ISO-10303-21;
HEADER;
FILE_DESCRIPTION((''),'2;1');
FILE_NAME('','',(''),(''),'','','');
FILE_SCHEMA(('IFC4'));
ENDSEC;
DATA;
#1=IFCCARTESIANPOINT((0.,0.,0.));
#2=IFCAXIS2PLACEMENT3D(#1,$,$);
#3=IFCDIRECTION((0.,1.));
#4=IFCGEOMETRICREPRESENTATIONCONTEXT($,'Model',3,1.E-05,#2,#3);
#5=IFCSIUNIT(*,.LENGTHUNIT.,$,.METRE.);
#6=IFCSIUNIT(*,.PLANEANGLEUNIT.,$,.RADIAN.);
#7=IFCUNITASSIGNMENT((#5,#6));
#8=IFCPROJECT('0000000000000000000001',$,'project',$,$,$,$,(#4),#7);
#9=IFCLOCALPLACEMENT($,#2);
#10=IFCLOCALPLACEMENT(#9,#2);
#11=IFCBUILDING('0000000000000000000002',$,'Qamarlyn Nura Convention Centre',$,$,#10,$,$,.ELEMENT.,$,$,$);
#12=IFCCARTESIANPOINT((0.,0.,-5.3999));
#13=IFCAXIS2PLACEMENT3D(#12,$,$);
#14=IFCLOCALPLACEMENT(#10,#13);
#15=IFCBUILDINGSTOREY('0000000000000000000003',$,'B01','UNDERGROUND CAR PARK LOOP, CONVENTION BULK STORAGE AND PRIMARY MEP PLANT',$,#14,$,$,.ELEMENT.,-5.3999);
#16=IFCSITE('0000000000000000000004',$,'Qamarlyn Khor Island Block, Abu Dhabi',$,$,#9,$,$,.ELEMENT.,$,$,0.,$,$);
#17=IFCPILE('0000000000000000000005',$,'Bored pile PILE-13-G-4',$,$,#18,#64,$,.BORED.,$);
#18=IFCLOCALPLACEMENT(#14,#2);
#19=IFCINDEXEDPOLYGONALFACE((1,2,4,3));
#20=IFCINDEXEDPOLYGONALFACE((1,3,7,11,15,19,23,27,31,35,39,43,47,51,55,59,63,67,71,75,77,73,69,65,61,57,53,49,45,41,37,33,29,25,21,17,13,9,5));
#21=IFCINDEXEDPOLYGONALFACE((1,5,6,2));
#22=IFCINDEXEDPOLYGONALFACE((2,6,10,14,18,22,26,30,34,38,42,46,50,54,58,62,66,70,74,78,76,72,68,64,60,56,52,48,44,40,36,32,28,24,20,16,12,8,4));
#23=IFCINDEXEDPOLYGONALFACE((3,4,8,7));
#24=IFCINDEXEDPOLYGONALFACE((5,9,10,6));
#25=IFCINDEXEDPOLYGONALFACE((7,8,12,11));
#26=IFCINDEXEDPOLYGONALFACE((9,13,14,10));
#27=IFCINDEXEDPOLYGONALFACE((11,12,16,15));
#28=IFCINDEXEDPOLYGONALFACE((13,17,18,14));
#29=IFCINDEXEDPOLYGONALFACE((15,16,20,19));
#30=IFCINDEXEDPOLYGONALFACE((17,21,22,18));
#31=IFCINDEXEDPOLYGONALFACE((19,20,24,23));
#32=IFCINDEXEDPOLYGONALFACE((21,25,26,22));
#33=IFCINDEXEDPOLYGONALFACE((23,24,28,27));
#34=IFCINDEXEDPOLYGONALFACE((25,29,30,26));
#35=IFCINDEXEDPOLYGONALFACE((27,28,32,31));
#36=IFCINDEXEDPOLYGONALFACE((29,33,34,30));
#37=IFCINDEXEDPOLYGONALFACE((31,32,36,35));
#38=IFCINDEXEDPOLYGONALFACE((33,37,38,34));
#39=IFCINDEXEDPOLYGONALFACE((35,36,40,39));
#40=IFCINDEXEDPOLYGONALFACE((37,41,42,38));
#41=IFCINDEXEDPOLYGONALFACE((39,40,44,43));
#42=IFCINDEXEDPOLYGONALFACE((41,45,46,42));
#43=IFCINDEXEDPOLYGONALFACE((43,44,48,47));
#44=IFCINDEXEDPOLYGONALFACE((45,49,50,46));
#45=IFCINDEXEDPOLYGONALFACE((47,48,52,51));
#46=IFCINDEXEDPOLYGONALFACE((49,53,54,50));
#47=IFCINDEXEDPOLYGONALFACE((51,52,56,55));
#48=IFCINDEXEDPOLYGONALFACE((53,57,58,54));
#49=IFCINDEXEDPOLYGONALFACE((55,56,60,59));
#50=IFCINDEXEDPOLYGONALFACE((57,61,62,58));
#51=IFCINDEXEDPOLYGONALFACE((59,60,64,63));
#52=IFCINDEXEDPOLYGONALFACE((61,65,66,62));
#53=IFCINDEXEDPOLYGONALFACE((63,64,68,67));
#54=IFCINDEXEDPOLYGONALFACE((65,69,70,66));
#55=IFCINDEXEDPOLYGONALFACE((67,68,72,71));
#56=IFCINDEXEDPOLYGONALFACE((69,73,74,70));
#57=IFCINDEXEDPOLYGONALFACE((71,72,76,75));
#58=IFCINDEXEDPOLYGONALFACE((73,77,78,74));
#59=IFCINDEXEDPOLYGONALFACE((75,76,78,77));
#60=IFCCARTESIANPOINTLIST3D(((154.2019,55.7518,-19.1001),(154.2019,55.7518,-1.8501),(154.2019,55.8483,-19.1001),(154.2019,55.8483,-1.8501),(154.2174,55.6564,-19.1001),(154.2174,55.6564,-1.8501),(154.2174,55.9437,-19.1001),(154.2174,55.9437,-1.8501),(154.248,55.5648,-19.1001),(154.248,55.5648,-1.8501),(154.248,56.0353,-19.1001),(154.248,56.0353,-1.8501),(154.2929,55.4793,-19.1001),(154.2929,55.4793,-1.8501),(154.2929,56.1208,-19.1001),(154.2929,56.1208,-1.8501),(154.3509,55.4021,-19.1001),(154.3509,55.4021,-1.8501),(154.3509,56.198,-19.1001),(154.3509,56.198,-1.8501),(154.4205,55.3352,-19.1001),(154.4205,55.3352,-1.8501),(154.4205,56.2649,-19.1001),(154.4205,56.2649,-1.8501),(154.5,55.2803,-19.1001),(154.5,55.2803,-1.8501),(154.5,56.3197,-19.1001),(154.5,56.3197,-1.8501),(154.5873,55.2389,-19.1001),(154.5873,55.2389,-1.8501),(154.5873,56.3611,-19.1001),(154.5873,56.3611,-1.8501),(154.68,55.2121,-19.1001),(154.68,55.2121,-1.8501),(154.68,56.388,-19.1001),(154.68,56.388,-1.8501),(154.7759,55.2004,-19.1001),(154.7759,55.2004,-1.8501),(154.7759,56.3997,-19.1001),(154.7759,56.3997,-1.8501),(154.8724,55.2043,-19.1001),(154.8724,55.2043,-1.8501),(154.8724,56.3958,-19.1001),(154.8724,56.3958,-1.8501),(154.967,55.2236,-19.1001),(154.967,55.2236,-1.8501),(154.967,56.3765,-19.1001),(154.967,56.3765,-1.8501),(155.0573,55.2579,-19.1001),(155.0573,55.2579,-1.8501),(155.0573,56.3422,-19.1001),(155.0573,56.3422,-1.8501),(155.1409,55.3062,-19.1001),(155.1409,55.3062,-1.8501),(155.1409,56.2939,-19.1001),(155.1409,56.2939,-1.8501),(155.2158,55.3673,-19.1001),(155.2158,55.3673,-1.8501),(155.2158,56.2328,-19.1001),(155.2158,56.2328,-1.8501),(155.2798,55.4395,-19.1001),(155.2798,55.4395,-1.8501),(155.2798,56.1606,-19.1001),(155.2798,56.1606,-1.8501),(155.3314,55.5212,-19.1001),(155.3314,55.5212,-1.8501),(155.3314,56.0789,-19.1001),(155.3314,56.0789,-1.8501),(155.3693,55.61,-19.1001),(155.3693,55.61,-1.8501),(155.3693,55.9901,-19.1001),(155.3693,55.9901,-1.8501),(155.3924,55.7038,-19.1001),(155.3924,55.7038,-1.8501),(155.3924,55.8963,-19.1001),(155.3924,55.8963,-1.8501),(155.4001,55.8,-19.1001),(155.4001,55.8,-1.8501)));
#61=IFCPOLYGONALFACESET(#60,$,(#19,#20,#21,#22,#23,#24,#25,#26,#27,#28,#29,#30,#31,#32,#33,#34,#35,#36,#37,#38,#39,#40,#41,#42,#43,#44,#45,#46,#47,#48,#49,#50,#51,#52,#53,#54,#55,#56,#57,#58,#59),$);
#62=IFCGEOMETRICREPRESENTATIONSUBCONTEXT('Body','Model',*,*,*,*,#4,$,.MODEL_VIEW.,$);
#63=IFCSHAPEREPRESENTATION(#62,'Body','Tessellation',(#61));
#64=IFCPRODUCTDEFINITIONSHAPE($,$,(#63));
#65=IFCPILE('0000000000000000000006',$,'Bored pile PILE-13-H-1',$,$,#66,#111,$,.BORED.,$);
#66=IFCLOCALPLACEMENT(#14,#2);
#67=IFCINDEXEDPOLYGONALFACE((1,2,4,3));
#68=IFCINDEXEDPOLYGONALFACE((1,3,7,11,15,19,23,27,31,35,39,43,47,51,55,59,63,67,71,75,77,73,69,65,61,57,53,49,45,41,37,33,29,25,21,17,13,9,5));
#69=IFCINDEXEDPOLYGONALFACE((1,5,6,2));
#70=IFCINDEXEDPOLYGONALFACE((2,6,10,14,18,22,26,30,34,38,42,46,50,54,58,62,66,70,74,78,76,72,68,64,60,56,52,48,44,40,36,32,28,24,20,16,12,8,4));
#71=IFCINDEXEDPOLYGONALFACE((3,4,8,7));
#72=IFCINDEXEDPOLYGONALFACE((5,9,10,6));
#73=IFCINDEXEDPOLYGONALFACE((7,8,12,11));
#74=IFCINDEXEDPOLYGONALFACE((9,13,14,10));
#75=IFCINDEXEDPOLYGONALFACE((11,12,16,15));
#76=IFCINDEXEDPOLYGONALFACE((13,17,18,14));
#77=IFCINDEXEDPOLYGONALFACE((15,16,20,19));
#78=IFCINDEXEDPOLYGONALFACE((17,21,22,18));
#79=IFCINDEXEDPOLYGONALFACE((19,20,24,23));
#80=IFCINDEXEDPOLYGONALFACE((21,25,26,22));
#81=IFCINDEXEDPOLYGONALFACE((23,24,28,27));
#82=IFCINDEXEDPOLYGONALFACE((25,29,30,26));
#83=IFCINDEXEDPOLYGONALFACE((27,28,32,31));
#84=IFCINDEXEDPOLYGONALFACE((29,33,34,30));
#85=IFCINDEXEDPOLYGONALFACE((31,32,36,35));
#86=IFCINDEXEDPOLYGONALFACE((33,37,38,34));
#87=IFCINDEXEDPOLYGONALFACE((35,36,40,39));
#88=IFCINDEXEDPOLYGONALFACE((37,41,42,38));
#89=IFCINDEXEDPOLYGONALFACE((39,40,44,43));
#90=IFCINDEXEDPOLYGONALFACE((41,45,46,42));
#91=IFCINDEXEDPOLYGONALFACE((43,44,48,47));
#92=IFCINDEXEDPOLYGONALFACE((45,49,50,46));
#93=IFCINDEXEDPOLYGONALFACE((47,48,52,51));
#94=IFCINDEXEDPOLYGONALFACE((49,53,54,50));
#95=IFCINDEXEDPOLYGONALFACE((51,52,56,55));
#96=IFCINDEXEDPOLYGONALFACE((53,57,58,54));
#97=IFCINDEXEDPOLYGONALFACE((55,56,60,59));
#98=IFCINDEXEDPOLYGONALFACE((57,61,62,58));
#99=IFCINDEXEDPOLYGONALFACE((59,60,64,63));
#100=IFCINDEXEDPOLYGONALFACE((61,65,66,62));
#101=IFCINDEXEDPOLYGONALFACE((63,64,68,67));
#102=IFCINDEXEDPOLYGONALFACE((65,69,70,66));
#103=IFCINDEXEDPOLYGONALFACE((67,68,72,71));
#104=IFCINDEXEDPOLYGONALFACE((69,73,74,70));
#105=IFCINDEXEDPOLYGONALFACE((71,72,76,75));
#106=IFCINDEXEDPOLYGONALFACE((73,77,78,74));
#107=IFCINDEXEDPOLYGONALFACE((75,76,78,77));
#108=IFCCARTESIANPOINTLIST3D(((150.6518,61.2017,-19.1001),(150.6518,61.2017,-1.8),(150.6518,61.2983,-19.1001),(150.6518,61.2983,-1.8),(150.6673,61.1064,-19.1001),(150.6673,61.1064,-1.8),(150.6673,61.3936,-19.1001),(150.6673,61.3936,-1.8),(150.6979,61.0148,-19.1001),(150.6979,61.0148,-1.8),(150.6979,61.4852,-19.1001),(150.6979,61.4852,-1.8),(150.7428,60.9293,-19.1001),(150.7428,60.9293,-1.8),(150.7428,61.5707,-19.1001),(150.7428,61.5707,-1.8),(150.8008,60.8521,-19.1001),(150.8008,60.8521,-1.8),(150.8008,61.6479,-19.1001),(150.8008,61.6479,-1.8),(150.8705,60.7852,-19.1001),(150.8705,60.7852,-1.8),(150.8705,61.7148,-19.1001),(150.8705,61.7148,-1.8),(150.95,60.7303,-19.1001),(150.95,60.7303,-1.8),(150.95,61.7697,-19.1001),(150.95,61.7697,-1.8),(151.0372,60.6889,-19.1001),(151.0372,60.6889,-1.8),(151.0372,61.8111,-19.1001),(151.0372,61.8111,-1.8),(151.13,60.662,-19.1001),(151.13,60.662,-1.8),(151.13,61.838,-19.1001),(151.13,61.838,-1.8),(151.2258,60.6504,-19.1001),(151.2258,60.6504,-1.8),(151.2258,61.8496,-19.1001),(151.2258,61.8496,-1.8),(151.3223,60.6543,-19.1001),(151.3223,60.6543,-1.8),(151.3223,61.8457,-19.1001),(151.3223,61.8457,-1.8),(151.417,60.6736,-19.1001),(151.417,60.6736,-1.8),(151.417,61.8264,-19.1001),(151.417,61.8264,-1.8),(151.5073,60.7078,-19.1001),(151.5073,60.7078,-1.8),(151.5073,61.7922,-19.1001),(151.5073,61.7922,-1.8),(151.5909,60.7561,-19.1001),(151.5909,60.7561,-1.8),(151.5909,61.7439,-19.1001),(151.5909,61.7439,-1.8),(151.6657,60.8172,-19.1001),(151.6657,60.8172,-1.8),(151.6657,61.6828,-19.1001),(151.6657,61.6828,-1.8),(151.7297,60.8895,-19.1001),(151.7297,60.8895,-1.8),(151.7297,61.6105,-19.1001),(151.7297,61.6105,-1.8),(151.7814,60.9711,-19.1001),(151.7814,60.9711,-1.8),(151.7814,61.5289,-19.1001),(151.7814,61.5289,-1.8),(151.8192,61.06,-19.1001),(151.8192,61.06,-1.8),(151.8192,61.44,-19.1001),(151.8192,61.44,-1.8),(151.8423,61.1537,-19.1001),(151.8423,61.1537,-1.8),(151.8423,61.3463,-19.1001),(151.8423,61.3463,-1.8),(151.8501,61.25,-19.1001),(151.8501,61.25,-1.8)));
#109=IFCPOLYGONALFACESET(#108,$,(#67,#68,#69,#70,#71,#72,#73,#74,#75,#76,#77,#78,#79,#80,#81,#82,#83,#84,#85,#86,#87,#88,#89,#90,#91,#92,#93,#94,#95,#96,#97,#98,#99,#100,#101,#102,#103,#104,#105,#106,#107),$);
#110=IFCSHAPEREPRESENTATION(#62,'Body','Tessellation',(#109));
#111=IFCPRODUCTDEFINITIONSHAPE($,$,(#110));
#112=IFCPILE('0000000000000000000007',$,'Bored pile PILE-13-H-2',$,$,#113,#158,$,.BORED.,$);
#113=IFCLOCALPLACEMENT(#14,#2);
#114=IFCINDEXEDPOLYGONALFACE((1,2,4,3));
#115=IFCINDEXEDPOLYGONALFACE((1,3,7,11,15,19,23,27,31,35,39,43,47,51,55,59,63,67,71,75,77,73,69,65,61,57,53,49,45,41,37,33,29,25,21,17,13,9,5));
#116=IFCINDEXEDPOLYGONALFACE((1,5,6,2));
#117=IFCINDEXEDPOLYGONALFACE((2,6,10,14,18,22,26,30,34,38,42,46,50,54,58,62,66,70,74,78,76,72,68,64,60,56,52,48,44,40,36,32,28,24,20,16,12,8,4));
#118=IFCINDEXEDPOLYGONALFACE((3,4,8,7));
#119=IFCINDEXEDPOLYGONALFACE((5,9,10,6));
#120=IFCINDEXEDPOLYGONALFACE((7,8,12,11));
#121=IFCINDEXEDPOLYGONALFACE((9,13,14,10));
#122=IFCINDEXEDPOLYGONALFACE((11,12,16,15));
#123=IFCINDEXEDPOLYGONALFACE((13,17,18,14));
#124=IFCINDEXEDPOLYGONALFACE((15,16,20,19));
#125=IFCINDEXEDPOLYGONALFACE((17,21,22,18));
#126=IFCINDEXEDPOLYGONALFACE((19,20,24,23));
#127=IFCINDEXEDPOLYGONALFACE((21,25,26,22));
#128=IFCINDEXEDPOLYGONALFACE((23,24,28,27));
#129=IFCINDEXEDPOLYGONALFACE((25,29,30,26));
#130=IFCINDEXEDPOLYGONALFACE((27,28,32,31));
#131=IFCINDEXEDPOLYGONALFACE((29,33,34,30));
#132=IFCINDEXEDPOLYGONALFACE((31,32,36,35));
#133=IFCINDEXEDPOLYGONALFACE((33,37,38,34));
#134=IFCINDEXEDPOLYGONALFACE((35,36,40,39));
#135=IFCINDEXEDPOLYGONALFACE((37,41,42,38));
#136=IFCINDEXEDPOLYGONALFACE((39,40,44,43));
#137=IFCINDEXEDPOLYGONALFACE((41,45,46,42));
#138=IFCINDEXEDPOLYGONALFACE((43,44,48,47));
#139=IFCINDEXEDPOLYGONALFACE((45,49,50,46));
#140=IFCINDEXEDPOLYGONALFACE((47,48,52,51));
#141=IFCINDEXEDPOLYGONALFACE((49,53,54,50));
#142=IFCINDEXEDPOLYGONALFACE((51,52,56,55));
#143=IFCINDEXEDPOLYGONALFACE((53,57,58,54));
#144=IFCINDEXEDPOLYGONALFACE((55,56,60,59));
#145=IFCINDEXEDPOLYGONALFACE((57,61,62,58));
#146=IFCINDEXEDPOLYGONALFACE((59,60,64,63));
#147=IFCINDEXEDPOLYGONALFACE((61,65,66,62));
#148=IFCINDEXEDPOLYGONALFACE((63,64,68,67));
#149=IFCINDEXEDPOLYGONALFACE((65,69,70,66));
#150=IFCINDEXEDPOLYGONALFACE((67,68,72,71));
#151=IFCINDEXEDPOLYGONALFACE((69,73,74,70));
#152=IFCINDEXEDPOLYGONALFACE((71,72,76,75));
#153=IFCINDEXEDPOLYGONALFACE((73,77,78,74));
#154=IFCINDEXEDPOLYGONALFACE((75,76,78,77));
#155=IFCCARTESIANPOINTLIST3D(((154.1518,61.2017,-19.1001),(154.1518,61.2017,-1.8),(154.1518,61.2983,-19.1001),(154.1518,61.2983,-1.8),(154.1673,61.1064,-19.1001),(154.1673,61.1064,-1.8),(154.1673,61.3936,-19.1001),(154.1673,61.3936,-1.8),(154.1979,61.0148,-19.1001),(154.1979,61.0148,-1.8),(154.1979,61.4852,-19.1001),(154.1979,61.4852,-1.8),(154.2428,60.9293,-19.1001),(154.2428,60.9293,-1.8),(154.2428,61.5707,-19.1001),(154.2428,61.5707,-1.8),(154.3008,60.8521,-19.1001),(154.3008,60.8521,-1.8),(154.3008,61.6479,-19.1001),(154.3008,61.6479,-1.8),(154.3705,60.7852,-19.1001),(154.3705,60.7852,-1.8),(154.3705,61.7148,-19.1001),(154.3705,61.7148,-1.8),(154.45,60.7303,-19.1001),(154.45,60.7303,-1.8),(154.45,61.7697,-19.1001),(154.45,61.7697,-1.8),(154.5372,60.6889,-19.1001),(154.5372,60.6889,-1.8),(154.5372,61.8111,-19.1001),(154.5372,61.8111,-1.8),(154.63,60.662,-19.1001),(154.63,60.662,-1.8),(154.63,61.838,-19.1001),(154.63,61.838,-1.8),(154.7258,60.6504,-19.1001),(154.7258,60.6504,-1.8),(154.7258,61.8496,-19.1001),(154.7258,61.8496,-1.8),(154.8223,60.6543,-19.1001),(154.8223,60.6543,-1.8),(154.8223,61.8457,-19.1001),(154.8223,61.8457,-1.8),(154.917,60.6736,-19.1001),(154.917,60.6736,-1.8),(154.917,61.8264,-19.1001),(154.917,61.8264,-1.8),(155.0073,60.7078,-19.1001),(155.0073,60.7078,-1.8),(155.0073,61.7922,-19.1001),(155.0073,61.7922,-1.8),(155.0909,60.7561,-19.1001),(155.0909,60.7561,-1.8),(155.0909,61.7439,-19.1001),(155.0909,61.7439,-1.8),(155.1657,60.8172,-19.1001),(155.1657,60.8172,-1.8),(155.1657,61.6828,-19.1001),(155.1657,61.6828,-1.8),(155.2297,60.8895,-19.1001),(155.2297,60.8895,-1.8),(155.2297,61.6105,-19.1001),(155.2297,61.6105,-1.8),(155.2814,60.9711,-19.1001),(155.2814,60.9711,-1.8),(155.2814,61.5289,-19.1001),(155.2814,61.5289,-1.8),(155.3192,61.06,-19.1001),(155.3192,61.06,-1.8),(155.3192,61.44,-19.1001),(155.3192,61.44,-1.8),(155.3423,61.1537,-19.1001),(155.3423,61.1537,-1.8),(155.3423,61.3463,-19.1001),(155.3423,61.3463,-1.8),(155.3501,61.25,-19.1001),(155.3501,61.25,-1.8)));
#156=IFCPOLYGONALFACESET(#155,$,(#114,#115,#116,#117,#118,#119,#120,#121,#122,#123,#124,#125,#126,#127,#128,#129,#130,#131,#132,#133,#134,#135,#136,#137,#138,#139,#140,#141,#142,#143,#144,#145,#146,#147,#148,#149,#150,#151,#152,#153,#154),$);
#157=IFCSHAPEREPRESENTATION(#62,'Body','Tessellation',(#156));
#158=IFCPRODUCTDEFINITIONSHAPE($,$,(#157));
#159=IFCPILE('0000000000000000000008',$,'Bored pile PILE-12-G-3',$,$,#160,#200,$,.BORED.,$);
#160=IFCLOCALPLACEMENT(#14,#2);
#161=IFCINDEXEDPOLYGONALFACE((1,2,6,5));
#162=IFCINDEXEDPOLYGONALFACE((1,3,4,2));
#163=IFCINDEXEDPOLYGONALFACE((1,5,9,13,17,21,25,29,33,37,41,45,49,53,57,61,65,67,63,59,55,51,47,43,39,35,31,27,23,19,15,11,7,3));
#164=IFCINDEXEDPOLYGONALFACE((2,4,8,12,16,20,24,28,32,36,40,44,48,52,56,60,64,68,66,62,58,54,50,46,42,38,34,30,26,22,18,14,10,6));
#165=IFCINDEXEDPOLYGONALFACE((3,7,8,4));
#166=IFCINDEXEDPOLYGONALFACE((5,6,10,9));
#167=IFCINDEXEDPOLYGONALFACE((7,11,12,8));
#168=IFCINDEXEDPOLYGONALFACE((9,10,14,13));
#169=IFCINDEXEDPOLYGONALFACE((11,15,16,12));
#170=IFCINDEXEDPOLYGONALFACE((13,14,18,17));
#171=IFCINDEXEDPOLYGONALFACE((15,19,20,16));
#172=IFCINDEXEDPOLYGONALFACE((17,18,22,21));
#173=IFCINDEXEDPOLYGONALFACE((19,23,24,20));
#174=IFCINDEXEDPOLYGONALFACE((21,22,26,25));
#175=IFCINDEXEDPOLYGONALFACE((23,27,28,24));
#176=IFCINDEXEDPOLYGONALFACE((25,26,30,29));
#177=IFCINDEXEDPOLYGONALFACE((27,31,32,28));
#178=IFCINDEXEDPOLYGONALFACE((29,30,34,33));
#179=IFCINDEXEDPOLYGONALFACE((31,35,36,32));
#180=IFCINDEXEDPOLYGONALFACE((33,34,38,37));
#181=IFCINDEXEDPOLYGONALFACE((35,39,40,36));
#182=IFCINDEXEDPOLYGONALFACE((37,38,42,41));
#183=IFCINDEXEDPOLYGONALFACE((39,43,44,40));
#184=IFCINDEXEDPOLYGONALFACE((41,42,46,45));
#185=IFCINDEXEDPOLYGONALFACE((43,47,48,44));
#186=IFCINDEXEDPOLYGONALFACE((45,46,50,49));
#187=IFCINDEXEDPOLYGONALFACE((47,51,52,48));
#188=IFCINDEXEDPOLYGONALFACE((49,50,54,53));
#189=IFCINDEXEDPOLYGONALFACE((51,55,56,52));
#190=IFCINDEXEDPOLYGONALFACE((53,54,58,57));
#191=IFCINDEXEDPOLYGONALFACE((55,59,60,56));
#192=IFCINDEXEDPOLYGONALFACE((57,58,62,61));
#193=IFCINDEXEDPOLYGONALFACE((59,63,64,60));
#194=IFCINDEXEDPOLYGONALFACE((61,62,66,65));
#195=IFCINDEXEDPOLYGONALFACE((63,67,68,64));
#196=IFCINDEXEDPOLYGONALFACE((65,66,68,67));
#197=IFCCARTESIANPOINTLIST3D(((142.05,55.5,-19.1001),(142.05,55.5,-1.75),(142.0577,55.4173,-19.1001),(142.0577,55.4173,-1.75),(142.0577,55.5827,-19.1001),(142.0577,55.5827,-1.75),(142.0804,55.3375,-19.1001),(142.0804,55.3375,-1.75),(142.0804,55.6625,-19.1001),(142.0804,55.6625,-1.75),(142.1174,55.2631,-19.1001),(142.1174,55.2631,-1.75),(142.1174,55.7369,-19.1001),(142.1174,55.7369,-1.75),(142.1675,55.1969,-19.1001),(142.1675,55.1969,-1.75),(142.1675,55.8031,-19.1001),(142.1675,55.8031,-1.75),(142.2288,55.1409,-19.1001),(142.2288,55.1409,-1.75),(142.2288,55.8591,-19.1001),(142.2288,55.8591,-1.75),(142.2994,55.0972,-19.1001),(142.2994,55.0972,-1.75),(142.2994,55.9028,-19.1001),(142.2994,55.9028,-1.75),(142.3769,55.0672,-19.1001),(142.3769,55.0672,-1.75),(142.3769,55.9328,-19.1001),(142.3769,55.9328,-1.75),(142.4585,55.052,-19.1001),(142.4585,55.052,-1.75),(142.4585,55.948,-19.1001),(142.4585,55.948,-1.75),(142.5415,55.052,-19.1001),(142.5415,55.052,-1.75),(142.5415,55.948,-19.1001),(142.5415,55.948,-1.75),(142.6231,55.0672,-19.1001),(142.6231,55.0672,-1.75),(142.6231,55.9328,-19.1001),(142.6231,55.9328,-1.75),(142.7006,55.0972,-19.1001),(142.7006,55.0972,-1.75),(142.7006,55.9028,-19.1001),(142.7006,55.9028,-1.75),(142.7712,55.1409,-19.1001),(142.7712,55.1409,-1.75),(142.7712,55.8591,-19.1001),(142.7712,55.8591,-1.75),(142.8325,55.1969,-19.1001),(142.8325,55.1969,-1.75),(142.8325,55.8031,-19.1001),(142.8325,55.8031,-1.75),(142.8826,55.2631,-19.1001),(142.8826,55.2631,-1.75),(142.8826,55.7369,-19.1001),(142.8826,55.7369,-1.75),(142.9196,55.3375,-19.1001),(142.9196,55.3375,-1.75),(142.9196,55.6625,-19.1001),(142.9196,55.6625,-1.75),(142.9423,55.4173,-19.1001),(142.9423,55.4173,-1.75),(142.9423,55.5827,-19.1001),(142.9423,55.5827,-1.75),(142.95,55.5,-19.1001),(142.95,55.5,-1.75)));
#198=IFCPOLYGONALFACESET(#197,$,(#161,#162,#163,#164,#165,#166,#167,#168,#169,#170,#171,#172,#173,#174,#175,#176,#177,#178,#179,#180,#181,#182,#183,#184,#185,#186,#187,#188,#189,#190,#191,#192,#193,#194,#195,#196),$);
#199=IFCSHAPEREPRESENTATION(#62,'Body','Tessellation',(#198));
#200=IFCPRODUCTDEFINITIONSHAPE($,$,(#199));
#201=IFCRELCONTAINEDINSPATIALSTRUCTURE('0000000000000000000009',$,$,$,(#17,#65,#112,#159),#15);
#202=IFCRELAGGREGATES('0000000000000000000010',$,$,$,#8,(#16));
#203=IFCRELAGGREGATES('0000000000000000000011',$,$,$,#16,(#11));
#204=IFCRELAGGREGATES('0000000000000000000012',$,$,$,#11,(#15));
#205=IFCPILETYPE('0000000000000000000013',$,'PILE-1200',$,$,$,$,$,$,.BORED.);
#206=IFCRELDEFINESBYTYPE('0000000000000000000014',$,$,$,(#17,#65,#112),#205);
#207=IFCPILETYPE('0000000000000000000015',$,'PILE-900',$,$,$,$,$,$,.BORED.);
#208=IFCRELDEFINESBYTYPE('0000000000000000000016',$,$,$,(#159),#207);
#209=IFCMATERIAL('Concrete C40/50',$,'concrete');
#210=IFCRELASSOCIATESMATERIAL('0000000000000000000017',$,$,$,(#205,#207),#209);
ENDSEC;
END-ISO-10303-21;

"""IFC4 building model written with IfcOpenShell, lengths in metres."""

from ifc_helpers import new_model, si_unit, direction, frame, origin, origin_2d, place, context, subcontext, project, spatial, circle, extrude, material, material_profile, profile_set, type_object, element, save


model = new_model("IFC4")

# Units and contexts
model_context = context("Model", 3, precision=1e-05, world=origin(), true_north=direction((0.0, 1.0)))
body_context = subcontext(model_context, "Body", "Model", "MODEL_VIEW")
ifc_project = project(units=[si_unit("LENGTHUNIT", "METRE"), si_unit("PLANEANGLEUNIT", "RADIAN")], contexts=[model_context])

# Site, building, storey
site_placement = place(None, origin())
site = spatial("IfcSite", under=ifc_project, at=site_placement, Name="Qamarlyn Khor Island Block, Abu Dhabi", CompositionType="ELEMENT", RefElevation=0.0)
building_placement = place(site_placement, origin())
building = spatial("IfcBuilding", under=site, at=building_placement, Name="Qamarlyn Nura Convention Centre", CompositionType="ELEMENT")
storey_placement = place(building_placement, frame((0.0, 0.0, -5.3999)))
storey = spatial("IfcBuildingStorey", under=building, at=storey_placement, Name="B01", Description="UNDERGROUND CAR PARK LOOP, CONVENTION BULK STORAGE AND PRIMARY MEP PLANT", CompositionType="ELEMENT", Elevation=-5.3999)

# Shared definitions
ifc_material_1 = material(Name="Concrete C40/50", Category="concrete")

# Piles
ifc_material_profile_1 = material_profile(ifc_material_1, circle(Radius=0.6001, at=origin_2d()), Name="BORED PILE 1200")
ifc_profile_set_1 = profile_set([ifc_material_profile_1], Name="Concrete C40/50")
pile_type_1 = type_object("IfcPileType", Name="PILE-1200", PredefinedType="BORED", material=ifc_profile_set_1)
for number, where, z_axis, x_axis, name in (
    (1, (154.8, 55.8, -1.8501), (0.0, 0.0, -1.0), (1.0, 0.0, 0.0), "Bored pile PILE-13-G-4"),
):
    element("IfcPile", number, at=place(storey_placement, frame(where, z_axis=z_axis, x_axis=x_axis)), inside=storey, type_object=pile_type_1, Name=name, PredefinedType="BORED", context=body_context, shape_type="SweptSolid", body=[
        extrude(circle(Radius=0.6001, at=origin_2d()), origin(), (0.0, 0.0, 1.0), 17.25),
    ])
for number, where, z_axis, x_axis, name in (
    (2, (151.25, 61.25, -1.8), (0.0, 0.0, -1.0), (1.0, 0.0, 0.0), "Bored pile PILE-13-H-1"),
    (3, (154.75, 61.25, -1.8), (0.0, 0.0, -1.0), (1.0, 0.0, 0.0), "Bored pile PILE-13-H-2"),
):
    element("IfcPile", number, at=place(storey_placement, frame(where, z_axis=z_axis, x_axis=x_axis)), inside=storey, type_object=pile_type_1, Name=name, PredefinedType="BORED", context=body_context, shape_type="SweptSolid", body=[
        extrude(circle(Radius=0.6001, at=origin_2d()), origin(), (0.0, 0.0, 1.0), 17.3),
    ])
ifc_material_profile_2 = material_profile(ifc_material_1, circle(Radius=0.45, at=origin_2d()), Name="BORED PILE 900")
ifc_profile_set_2 = profile_set([ifc_material_profile_2], Name="Concrete C40/50")
pile_type_2 = type_object("IfcPileType", Name="PILE-900", PredefinedType="BORED", material=ifc_profile_set_2)
for number, where, z_axis, x_axis, name in (
    (4, (142.5, 55.5, -1.75), (0.0, 0.0, -1.0), (1.0, 0.0, 0.0), "Bored pile PILE-12-G-3"),
):
    element("IfcPile", number, at=place(storey_placement, frame(where, z_axis=z_axis, x_axis=x_axis)), inside=storey, type_object=pile_type_2, Name=name, PredefinedType="BORED", context=body_context, shape_type="SweptSolid", body=[
        extrude(circle(Radius=0.45, at=origin_2d()), origin(), (0.0, 0.0, 1.0), 17.3501),
    ])

save(model, "model.ifc")
